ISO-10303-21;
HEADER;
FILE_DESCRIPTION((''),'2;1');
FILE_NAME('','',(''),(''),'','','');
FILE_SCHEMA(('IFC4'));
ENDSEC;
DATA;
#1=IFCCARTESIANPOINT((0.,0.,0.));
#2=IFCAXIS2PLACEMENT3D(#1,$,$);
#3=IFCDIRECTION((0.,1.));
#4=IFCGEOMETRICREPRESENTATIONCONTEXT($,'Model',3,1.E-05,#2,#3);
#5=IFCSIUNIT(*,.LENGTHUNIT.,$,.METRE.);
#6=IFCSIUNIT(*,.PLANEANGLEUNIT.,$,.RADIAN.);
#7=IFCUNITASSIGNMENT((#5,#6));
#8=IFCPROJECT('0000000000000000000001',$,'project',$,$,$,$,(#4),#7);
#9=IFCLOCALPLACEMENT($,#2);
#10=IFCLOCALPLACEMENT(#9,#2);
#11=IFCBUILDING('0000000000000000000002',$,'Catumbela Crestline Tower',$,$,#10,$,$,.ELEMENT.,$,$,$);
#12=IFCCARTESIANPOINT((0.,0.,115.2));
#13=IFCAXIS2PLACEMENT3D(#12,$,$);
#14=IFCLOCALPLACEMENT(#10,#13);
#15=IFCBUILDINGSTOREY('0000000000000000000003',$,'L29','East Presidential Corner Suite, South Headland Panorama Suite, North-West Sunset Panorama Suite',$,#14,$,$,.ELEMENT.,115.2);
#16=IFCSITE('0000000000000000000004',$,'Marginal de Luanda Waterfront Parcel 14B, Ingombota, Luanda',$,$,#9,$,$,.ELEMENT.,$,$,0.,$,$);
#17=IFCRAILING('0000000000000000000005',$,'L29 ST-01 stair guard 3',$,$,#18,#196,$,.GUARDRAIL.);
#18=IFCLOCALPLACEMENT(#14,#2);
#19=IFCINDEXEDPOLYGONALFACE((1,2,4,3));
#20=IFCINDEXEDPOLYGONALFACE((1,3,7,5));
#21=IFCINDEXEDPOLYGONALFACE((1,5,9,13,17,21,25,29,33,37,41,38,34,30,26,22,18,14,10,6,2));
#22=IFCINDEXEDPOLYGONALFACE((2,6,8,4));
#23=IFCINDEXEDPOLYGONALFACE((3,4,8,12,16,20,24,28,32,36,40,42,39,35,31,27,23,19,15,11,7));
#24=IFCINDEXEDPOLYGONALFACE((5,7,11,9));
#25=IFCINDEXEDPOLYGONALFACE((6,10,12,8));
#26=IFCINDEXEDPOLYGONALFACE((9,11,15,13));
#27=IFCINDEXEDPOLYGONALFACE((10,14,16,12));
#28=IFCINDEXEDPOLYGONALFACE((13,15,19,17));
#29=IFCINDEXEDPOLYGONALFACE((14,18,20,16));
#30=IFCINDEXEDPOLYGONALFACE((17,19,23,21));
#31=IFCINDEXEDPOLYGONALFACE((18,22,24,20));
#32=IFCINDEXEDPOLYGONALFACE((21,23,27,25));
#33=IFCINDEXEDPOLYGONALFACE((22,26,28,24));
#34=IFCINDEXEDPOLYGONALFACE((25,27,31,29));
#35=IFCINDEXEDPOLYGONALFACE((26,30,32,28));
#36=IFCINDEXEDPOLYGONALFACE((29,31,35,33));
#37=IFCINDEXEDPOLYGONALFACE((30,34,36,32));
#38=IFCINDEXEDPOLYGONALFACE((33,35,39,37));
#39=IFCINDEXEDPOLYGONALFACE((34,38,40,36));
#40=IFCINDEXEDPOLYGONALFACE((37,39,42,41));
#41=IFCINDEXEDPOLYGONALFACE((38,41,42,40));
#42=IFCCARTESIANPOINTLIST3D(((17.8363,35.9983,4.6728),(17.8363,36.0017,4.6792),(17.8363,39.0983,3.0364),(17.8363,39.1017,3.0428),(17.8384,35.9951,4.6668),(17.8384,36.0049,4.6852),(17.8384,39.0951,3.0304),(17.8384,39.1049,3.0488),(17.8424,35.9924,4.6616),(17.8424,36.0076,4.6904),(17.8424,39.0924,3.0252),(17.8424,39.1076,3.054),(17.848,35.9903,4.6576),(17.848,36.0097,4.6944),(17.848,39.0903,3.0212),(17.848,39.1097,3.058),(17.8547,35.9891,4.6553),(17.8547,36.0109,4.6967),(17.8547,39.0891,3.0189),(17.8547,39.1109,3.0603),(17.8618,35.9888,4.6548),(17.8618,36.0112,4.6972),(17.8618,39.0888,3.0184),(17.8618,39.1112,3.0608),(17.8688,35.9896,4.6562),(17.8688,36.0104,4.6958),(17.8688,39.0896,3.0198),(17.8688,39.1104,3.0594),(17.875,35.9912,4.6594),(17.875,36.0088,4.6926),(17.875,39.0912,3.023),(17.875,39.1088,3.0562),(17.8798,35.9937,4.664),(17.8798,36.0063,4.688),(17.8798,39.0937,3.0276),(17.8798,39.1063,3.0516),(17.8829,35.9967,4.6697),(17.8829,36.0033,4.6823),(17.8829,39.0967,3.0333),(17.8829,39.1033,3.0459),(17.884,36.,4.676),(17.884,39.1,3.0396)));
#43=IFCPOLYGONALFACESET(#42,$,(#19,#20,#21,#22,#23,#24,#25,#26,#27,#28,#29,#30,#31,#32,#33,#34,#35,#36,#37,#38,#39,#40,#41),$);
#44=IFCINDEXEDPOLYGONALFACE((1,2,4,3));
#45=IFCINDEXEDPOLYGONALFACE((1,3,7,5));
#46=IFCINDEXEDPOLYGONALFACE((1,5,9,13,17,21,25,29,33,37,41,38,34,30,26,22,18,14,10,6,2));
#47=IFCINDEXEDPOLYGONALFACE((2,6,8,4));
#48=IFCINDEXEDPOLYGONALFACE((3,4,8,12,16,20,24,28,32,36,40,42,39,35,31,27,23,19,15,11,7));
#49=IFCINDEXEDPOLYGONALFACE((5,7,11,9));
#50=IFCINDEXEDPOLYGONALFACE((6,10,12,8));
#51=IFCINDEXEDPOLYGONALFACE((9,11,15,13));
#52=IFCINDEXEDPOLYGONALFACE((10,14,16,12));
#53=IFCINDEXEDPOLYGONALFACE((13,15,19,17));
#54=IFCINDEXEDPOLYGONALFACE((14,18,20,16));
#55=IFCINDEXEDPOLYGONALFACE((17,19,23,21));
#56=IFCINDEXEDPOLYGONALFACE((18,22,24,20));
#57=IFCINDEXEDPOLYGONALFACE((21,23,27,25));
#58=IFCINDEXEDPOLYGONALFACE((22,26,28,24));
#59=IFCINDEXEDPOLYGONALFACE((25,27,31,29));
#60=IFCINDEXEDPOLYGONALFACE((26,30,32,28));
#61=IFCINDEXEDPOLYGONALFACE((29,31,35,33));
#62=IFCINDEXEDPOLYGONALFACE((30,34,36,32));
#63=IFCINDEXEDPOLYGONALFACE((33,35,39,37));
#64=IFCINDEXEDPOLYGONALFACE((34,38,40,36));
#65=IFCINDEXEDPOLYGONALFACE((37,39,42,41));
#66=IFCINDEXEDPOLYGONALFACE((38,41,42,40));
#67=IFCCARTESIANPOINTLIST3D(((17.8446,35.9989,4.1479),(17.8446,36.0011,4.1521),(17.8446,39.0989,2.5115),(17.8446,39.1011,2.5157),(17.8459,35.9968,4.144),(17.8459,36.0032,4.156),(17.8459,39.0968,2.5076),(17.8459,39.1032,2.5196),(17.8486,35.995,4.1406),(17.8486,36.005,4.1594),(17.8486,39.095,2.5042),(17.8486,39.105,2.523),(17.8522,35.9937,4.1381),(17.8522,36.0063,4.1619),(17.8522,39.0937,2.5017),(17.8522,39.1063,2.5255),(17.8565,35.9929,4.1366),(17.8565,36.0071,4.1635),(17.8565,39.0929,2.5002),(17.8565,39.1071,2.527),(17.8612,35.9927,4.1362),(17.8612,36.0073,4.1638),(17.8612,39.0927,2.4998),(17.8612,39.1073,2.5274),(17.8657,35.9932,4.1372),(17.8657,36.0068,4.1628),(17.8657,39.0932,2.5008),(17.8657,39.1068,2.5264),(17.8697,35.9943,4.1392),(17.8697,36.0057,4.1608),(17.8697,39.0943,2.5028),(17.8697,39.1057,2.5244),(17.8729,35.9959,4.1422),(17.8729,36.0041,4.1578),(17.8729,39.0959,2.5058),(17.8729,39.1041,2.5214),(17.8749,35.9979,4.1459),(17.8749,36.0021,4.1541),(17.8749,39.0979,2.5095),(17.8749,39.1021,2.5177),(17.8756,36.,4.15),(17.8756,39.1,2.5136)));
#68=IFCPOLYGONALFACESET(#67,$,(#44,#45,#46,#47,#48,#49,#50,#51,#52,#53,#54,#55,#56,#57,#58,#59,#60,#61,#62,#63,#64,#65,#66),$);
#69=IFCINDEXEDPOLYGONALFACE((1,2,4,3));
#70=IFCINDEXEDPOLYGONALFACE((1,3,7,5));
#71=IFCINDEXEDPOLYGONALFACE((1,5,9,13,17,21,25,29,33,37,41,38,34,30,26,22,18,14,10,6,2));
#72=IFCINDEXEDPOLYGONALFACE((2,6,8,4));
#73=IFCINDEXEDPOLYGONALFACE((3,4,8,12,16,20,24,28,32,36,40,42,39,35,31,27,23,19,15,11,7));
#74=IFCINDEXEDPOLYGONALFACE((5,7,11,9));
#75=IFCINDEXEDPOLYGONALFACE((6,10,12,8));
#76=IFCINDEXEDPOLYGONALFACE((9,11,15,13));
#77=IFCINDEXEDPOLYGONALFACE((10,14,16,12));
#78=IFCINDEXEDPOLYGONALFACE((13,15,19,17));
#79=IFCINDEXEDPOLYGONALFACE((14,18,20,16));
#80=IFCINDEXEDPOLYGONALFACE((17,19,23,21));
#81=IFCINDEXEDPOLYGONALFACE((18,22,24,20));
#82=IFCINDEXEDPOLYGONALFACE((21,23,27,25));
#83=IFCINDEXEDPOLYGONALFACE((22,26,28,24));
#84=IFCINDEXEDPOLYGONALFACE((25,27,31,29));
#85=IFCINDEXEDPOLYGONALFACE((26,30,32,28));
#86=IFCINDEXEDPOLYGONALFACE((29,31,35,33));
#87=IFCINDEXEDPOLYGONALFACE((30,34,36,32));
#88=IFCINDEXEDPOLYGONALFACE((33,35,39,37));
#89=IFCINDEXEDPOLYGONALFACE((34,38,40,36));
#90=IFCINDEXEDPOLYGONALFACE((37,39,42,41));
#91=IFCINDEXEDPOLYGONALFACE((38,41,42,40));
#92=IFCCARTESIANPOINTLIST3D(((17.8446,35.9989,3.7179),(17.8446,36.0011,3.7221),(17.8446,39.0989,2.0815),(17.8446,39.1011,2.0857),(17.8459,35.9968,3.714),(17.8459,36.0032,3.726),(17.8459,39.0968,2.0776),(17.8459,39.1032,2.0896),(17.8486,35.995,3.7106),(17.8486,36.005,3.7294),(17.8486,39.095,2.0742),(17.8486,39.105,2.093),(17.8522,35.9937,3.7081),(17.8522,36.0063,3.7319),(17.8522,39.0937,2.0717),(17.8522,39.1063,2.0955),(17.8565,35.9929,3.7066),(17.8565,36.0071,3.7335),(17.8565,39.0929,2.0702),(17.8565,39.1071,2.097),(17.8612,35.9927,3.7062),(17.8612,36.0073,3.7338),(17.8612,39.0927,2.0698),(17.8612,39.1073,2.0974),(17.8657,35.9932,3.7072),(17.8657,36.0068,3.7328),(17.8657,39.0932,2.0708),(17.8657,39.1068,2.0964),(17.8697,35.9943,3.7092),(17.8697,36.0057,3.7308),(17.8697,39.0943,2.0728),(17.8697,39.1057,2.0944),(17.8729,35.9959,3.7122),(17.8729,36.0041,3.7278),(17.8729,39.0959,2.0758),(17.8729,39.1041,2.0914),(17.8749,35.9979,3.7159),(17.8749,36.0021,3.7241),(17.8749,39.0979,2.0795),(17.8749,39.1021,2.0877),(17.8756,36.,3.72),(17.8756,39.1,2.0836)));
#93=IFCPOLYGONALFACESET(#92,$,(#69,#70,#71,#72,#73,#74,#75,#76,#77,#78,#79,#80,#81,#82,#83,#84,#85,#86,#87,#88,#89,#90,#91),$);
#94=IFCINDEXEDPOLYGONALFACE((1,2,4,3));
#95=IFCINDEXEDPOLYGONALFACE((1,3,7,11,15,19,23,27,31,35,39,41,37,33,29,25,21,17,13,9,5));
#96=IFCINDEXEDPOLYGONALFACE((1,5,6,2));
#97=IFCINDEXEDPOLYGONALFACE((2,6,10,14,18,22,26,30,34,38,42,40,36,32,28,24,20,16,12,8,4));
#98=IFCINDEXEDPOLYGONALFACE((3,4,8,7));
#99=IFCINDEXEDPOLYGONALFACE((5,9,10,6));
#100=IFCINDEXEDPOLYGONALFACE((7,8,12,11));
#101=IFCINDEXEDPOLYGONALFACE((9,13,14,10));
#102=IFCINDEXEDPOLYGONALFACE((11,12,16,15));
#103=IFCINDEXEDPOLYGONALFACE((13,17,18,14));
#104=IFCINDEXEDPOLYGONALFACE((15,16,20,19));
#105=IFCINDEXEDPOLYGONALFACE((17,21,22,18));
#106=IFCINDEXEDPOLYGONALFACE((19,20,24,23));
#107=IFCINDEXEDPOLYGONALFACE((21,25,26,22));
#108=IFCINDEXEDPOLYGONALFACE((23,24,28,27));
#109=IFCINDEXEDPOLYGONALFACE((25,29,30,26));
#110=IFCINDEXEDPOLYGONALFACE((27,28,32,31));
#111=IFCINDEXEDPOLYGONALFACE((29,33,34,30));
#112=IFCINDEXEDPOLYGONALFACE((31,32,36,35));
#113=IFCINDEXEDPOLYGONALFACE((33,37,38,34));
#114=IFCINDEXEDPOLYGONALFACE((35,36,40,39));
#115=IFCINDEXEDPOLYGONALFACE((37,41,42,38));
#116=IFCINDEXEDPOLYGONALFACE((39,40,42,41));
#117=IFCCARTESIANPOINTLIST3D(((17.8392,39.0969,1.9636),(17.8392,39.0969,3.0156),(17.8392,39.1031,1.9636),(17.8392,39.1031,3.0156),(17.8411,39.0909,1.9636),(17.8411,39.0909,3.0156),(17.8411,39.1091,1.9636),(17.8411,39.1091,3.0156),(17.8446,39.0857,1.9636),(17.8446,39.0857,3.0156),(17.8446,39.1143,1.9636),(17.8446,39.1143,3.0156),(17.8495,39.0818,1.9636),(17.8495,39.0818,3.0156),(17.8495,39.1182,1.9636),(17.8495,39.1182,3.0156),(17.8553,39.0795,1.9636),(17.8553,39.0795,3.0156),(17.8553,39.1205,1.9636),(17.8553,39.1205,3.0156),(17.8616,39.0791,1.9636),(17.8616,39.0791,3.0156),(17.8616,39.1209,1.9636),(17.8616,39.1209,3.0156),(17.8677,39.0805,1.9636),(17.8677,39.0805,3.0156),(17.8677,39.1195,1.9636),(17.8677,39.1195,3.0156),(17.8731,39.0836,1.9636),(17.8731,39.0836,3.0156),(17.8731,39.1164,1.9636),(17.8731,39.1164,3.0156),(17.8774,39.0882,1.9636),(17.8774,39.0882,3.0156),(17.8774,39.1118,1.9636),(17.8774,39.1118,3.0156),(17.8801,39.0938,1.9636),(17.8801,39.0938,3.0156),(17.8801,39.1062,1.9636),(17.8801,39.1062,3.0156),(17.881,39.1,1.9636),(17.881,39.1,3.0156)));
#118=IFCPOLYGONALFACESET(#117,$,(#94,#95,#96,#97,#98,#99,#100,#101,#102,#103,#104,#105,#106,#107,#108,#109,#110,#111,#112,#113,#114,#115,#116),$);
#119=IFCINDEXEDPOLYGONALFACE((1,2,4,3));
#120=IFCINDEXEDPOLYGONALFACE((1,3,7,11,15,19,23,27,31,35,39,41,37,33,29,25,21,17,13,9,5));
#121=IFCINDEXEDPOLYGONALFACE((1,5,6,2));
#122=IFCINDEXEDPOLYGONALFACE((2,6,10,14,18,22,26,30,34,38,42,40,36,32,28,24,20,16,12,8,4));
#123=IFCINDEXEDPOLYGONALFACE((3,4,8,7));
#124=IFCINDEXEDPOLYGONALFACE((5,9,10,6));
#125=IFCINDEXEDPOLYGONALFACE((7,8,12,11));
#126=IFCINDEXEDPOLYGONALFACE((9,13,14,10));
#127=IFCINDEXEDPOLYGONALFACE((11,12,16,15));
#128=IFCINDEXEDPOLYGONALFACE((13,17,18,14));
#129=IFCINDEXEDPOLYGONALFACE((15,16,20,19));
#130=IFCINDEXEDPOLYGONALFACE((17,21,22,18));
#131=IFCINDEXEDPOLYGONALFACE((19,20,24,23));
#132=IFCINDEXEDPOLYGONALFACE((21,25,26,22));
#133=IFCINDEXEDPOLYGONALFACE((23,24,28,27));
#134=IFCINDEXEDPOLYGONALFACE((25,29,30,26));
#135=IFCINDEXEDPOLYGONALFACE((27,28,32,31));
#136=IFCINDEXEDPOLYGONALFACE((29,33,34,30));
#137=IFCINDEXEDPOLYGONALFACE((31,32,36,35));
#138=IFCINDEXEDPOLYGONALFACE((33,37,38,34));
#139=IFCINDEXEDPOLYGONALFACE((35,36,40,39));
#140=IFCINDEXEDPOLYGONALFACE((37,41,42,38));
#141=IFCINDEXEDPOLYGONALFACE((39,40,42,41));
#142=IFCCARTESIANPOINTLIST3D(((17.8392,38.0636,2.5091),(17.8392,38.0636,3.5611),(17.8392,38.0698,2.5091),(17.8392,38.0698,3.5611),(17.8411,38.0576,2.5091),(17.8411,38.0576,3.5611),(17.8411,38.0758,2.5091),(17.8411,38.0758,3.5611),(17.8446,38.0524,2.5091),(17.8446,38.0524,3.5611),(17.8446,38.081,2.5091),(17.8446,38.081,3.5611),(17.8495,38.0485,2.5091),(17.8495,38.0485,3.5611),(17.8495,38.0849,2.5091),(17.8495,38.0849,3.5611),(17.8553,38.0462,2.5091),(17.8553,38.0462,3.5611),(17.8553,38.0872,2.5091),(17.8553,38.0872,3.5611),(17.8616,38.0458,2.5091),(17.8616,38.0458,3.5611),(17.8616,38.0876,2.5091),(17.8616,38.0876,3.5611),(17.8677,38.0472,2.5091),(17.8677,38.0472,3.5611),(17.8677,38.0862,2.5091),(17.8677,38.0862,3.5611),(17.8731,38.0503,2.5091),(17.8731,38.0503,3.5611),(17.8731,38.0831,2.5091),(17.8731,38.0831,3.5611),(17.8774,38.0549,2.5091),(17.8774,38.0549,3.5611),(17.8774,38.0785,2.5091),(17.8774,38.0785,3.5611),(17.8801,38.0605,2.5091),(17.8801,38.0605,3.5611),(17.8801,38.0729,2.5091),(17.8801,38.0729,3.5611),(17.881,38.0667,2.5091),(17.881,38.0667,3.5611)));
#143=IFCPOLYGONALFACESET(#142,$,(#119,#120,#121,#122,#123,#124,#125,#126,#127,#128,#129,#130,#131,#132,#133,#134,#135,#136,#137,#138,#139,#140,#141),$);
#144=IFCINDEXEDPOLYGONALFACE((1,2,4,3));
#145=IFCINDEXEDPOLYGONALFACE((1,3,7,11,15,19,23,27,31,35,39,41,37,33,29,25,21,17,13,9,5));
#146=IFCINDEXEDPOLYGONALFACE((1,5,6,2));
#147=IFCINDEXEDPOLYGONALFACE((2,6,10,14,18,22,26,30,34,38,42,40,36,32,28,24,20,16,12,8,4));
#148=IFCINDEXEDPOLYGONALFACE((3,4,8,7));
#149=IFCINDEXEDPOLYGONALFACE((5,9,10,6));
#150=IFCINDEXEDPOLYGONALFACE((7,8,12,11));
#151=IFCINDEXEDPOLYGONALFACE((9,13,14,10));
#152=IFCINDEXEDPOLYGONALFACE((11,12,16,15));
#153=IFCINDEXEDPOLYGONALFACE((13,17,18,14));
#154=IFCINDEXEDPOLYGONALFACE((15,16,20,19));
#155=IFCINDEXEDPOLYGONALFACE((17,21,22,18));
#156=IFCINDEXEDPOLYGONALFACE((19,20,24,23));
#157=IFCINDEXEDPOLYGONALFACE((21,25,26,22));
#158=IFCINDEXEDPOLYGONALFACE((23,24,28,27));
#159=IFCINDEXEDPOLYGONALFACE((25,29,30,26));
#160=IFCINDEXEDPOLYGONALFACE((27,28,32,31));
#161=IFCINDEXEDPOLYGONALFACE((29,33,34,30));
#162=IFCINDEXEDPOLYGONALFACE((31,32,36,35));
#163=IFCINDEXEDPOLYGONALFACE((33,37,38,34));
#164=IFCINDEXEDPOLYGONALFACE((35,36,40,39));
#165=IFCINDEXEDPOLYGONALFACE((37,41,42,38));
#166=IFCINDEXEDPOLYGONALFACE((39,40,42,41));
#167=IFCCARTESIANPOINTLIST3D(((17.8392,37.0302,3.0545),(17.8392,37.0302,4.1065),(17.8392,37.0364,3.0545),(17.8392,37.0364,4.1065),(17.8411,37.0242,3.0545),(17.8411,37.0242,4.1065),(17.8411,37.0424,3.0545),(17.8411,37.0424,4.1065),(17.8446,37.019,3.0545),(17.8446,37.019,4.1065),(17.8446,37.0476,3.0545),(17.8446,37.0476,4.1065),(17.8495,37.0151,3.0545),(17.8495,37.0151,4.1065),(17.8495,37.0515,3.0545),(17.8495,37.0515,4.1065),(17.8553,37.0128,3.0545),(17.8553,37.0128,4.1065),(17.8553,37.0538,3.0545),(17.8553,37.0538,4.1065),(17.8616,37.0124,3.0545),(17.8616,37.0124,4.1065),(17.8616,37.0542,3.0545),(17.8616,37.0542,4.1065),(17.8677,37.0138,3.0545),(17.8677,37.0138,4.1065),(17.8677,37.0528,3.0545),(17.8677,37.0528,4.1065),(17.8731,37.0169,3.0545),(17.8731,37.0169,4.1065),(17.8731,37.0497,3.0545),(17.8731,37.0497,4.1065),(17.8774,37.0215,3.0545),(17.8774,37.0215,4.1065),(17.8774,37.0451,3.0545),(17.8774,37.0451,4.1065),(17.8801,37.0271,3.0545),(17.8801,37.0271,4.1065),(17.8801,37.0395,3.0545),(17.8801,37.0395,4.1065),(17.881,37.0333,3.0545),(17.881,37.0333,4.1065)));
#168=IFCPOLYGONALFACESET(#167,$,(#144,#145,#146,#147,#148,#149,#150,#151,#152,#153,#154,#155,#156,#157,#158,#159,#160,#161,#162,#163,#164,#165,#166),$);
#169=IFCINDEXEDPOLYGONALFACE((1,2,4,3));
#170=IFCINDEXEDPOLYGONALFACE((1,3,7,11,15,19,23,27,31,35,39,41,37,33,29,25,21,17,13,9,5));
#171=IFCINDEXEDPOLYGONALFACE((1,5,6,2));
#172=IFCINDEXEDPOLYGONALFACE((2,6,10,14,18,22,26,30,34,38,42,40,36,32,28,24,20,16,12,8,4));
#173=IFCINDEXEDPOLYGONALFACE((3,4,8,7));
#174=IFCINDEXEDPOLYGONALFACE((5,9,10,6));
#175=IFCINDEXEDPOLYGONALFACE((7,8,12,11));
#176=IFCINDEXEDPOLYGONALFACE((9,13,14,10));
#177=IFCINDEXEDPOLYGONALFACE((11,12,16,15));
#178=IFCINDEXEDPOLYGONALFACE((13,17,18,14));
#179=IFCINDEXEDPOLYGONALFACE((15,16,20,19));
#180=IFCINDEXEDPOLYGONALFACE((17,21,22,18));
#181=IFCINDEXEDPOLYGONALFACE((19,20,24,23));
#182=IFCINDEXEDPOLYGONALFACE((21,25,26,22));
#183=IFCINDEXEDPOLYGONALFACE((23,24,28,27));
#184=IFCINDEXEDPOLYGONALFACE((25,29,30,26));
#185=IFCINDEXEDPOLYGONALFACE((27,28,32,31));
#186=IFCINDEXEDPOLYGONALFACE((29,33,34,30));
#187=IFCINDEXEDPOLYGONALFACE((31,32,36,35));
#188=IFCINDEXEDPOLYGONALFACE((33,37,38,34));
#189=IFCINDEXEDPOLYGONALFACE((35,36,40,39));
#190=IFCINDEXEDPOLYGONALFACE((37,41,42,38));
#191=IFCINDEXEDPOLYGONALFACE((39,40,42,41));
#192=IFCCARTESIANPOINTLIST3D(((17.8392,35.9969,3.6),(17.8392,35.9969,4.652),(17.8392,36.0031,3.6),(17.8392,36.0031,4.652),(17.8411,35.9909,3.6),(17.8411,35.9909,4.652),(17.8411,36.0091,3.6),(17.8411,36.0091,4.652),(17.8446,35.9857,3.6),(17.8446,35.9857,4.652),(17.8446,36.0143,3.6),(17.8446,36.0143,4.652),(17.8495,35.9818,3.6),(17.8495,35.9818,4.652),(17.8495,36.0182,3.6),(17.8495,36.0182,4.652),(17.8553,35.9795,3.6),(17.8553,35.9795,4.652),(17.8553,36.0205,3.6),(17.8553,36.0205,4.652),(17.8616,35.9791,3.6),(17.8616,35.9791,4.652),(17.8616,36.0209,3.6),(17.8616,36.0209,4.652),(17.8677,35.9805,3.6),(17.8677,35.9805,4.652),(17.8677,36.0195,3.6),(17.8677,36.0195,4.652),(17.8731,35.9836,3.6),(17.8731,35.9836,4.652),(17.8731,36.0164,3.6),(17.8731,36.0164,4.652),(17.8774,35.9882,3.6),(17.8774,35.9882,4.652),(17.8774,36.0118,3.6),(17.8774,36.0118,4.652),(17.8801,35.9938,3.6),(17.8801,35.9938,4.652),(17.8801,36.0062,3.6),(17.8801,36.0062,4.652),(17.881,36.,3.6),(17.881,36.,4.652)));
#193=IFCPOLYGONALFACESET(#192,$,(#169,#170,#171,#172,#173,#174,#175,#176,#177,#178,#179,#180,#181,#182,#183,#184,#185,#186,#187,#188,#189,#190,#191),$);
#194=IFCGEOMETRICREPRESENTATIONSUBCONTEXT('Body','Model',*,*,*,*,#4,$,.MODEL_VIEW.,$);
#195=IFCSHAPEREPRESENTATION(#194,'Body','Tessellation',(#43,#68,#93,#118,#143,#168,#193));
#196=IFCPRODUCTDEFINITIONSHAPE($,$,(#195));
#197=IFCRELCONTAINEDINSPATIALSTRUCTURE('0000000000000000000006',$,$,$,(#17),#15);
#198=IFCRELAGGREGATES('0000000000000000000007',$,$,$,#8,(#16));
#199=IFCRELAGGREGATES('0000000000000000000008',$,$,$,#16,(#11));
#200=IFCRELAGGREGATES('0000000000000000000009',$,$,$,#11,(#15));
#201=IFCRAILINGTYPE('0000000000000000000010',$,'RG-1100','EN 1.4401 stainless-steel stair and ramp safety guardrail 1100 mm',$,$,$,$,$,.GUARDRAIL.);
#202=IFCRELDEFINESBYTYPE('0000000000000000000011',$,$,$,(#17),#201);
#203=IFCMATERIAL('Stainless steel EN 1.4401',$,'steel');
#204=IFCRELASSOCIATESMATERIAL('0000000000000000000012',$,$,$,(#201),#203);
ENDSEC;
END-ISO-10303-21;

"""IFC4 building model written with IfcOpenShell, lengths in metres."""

from ifc_helpers import new_model, si_unit, direction, frame, origin, origin_2d, place, context, subcontext, project, spatial, circle, extrude, material, type_object, element, save


model = new_model("IFC4")

# Units and contexts
model_context = context("Model", 3, precision=1e-05, world=origin(), true_north=direction((0.0, 1.0)))
body_context = subcontext(model_context, "Body", "Model", "MODEL_VIEW")
ifc_project = project(units=[si_unit("LENGTHUNIT", "METRE"), si_unit("PLANEANGLEUNIT", "RADIAN")], contexts=[model_context])

# Site, building, storey
site_placement = place(None, origin())
site = spatial("IfcSite", under=ifc_project, at=site_placement, Name="Marginal de Luanda Waterfront Parcel 14B, Ingombota, Luanda", CompositionType="ELEMENT", RefElevation=0.0)
building_placement = place(site_placement, origin())
building = spatial("IfcBuilding", under=site, at=building_placement, Name="Catumbela Crestline Tower", CompositionType="ELEMENT")
storey_placement = place(building_placement, frame((0.0, 0.0, 115.2)))
storey = spatial("IfcBuildingStorey", under=building, at=storey_placement, Name="L29", Description="East Presidential Corner Suite, South Headland Panorama Suite, North-West Sunset Panorama Suite", CompositionType="ELEMENT", Elevation=115.2)

# Railing
ifc_material_1 = material(Name="Stainless steel EN 1.4401", Category="steel")
railing_type_1 = type_object("IfcRailingType", Name="RG-1100", Description="EN 1.4401 stainless-steel stair and ramp safety guardrail 1100 mm", PredefinedType="GUARDRAIL", material=ifc_material_1)
railing_1_placement = place(storey_placement, frame((17.86, 39.1, 1.9636)))
element("IfcRailing", 1, at=railing_1_placement, inside=storey, type_object=railing_type_1, Name="L29 ST-01 stair guard 3", PredefinedType="GUARDRAIL", context=body_context, shape_type="SweptSolid", body=[
    extrude(circle(Radius=0.024, at=origin_2d()), frame((0.0, 0.0, 1.076), z_axis=(0.0, -0.884351, 0.466823), x_axis=(1.0, 0.0, 0.0)), (0.0, 0.0, 1.0), 3.5054),
    extrude(circle(Radius=0.0156, at=origin_2d()), frame((0.0, 0.0, 0.55), z_axis=(0.0, -0.884351, 0.466823), x_axis=(1.0, 0.0, 0.0)), (0.0, 0.0, 1.0), 3.5054),
    extrude(circle(Radius=0.0156, at=origin_2d()), frame((0.0, 0.0, 0.12), z_axis=(0.0, -0.884351, 0.466823), x_axis=(1.0, 0.0, 0.0)), (0.0, 0.0, 1.0), 3.5054),
    extrude(circle(Radius=0.021, at=origin_2d()), origin(), (0.0, 0.0, 1.0), 1.052),
    extrude(circle(Radius=0.021, at=origin_2d()), frame((0.0, -1.0333, 0.5455)), (0.0, 0.0, 1.0), 1.052),
    extrude(circle(Radius=0.021, at=origin_2d()), frame((0.0, -2.0667, 1.0909)), (0.0, 0.0, 1.0), 1.052),
    extrude(circle(Radius=0.021, at=origin_2d()), frame((0.0, -3.1, 1.6364)), (0.0, 0.0, 1.0), 1.052),
])

save(model, "model.ifc")
